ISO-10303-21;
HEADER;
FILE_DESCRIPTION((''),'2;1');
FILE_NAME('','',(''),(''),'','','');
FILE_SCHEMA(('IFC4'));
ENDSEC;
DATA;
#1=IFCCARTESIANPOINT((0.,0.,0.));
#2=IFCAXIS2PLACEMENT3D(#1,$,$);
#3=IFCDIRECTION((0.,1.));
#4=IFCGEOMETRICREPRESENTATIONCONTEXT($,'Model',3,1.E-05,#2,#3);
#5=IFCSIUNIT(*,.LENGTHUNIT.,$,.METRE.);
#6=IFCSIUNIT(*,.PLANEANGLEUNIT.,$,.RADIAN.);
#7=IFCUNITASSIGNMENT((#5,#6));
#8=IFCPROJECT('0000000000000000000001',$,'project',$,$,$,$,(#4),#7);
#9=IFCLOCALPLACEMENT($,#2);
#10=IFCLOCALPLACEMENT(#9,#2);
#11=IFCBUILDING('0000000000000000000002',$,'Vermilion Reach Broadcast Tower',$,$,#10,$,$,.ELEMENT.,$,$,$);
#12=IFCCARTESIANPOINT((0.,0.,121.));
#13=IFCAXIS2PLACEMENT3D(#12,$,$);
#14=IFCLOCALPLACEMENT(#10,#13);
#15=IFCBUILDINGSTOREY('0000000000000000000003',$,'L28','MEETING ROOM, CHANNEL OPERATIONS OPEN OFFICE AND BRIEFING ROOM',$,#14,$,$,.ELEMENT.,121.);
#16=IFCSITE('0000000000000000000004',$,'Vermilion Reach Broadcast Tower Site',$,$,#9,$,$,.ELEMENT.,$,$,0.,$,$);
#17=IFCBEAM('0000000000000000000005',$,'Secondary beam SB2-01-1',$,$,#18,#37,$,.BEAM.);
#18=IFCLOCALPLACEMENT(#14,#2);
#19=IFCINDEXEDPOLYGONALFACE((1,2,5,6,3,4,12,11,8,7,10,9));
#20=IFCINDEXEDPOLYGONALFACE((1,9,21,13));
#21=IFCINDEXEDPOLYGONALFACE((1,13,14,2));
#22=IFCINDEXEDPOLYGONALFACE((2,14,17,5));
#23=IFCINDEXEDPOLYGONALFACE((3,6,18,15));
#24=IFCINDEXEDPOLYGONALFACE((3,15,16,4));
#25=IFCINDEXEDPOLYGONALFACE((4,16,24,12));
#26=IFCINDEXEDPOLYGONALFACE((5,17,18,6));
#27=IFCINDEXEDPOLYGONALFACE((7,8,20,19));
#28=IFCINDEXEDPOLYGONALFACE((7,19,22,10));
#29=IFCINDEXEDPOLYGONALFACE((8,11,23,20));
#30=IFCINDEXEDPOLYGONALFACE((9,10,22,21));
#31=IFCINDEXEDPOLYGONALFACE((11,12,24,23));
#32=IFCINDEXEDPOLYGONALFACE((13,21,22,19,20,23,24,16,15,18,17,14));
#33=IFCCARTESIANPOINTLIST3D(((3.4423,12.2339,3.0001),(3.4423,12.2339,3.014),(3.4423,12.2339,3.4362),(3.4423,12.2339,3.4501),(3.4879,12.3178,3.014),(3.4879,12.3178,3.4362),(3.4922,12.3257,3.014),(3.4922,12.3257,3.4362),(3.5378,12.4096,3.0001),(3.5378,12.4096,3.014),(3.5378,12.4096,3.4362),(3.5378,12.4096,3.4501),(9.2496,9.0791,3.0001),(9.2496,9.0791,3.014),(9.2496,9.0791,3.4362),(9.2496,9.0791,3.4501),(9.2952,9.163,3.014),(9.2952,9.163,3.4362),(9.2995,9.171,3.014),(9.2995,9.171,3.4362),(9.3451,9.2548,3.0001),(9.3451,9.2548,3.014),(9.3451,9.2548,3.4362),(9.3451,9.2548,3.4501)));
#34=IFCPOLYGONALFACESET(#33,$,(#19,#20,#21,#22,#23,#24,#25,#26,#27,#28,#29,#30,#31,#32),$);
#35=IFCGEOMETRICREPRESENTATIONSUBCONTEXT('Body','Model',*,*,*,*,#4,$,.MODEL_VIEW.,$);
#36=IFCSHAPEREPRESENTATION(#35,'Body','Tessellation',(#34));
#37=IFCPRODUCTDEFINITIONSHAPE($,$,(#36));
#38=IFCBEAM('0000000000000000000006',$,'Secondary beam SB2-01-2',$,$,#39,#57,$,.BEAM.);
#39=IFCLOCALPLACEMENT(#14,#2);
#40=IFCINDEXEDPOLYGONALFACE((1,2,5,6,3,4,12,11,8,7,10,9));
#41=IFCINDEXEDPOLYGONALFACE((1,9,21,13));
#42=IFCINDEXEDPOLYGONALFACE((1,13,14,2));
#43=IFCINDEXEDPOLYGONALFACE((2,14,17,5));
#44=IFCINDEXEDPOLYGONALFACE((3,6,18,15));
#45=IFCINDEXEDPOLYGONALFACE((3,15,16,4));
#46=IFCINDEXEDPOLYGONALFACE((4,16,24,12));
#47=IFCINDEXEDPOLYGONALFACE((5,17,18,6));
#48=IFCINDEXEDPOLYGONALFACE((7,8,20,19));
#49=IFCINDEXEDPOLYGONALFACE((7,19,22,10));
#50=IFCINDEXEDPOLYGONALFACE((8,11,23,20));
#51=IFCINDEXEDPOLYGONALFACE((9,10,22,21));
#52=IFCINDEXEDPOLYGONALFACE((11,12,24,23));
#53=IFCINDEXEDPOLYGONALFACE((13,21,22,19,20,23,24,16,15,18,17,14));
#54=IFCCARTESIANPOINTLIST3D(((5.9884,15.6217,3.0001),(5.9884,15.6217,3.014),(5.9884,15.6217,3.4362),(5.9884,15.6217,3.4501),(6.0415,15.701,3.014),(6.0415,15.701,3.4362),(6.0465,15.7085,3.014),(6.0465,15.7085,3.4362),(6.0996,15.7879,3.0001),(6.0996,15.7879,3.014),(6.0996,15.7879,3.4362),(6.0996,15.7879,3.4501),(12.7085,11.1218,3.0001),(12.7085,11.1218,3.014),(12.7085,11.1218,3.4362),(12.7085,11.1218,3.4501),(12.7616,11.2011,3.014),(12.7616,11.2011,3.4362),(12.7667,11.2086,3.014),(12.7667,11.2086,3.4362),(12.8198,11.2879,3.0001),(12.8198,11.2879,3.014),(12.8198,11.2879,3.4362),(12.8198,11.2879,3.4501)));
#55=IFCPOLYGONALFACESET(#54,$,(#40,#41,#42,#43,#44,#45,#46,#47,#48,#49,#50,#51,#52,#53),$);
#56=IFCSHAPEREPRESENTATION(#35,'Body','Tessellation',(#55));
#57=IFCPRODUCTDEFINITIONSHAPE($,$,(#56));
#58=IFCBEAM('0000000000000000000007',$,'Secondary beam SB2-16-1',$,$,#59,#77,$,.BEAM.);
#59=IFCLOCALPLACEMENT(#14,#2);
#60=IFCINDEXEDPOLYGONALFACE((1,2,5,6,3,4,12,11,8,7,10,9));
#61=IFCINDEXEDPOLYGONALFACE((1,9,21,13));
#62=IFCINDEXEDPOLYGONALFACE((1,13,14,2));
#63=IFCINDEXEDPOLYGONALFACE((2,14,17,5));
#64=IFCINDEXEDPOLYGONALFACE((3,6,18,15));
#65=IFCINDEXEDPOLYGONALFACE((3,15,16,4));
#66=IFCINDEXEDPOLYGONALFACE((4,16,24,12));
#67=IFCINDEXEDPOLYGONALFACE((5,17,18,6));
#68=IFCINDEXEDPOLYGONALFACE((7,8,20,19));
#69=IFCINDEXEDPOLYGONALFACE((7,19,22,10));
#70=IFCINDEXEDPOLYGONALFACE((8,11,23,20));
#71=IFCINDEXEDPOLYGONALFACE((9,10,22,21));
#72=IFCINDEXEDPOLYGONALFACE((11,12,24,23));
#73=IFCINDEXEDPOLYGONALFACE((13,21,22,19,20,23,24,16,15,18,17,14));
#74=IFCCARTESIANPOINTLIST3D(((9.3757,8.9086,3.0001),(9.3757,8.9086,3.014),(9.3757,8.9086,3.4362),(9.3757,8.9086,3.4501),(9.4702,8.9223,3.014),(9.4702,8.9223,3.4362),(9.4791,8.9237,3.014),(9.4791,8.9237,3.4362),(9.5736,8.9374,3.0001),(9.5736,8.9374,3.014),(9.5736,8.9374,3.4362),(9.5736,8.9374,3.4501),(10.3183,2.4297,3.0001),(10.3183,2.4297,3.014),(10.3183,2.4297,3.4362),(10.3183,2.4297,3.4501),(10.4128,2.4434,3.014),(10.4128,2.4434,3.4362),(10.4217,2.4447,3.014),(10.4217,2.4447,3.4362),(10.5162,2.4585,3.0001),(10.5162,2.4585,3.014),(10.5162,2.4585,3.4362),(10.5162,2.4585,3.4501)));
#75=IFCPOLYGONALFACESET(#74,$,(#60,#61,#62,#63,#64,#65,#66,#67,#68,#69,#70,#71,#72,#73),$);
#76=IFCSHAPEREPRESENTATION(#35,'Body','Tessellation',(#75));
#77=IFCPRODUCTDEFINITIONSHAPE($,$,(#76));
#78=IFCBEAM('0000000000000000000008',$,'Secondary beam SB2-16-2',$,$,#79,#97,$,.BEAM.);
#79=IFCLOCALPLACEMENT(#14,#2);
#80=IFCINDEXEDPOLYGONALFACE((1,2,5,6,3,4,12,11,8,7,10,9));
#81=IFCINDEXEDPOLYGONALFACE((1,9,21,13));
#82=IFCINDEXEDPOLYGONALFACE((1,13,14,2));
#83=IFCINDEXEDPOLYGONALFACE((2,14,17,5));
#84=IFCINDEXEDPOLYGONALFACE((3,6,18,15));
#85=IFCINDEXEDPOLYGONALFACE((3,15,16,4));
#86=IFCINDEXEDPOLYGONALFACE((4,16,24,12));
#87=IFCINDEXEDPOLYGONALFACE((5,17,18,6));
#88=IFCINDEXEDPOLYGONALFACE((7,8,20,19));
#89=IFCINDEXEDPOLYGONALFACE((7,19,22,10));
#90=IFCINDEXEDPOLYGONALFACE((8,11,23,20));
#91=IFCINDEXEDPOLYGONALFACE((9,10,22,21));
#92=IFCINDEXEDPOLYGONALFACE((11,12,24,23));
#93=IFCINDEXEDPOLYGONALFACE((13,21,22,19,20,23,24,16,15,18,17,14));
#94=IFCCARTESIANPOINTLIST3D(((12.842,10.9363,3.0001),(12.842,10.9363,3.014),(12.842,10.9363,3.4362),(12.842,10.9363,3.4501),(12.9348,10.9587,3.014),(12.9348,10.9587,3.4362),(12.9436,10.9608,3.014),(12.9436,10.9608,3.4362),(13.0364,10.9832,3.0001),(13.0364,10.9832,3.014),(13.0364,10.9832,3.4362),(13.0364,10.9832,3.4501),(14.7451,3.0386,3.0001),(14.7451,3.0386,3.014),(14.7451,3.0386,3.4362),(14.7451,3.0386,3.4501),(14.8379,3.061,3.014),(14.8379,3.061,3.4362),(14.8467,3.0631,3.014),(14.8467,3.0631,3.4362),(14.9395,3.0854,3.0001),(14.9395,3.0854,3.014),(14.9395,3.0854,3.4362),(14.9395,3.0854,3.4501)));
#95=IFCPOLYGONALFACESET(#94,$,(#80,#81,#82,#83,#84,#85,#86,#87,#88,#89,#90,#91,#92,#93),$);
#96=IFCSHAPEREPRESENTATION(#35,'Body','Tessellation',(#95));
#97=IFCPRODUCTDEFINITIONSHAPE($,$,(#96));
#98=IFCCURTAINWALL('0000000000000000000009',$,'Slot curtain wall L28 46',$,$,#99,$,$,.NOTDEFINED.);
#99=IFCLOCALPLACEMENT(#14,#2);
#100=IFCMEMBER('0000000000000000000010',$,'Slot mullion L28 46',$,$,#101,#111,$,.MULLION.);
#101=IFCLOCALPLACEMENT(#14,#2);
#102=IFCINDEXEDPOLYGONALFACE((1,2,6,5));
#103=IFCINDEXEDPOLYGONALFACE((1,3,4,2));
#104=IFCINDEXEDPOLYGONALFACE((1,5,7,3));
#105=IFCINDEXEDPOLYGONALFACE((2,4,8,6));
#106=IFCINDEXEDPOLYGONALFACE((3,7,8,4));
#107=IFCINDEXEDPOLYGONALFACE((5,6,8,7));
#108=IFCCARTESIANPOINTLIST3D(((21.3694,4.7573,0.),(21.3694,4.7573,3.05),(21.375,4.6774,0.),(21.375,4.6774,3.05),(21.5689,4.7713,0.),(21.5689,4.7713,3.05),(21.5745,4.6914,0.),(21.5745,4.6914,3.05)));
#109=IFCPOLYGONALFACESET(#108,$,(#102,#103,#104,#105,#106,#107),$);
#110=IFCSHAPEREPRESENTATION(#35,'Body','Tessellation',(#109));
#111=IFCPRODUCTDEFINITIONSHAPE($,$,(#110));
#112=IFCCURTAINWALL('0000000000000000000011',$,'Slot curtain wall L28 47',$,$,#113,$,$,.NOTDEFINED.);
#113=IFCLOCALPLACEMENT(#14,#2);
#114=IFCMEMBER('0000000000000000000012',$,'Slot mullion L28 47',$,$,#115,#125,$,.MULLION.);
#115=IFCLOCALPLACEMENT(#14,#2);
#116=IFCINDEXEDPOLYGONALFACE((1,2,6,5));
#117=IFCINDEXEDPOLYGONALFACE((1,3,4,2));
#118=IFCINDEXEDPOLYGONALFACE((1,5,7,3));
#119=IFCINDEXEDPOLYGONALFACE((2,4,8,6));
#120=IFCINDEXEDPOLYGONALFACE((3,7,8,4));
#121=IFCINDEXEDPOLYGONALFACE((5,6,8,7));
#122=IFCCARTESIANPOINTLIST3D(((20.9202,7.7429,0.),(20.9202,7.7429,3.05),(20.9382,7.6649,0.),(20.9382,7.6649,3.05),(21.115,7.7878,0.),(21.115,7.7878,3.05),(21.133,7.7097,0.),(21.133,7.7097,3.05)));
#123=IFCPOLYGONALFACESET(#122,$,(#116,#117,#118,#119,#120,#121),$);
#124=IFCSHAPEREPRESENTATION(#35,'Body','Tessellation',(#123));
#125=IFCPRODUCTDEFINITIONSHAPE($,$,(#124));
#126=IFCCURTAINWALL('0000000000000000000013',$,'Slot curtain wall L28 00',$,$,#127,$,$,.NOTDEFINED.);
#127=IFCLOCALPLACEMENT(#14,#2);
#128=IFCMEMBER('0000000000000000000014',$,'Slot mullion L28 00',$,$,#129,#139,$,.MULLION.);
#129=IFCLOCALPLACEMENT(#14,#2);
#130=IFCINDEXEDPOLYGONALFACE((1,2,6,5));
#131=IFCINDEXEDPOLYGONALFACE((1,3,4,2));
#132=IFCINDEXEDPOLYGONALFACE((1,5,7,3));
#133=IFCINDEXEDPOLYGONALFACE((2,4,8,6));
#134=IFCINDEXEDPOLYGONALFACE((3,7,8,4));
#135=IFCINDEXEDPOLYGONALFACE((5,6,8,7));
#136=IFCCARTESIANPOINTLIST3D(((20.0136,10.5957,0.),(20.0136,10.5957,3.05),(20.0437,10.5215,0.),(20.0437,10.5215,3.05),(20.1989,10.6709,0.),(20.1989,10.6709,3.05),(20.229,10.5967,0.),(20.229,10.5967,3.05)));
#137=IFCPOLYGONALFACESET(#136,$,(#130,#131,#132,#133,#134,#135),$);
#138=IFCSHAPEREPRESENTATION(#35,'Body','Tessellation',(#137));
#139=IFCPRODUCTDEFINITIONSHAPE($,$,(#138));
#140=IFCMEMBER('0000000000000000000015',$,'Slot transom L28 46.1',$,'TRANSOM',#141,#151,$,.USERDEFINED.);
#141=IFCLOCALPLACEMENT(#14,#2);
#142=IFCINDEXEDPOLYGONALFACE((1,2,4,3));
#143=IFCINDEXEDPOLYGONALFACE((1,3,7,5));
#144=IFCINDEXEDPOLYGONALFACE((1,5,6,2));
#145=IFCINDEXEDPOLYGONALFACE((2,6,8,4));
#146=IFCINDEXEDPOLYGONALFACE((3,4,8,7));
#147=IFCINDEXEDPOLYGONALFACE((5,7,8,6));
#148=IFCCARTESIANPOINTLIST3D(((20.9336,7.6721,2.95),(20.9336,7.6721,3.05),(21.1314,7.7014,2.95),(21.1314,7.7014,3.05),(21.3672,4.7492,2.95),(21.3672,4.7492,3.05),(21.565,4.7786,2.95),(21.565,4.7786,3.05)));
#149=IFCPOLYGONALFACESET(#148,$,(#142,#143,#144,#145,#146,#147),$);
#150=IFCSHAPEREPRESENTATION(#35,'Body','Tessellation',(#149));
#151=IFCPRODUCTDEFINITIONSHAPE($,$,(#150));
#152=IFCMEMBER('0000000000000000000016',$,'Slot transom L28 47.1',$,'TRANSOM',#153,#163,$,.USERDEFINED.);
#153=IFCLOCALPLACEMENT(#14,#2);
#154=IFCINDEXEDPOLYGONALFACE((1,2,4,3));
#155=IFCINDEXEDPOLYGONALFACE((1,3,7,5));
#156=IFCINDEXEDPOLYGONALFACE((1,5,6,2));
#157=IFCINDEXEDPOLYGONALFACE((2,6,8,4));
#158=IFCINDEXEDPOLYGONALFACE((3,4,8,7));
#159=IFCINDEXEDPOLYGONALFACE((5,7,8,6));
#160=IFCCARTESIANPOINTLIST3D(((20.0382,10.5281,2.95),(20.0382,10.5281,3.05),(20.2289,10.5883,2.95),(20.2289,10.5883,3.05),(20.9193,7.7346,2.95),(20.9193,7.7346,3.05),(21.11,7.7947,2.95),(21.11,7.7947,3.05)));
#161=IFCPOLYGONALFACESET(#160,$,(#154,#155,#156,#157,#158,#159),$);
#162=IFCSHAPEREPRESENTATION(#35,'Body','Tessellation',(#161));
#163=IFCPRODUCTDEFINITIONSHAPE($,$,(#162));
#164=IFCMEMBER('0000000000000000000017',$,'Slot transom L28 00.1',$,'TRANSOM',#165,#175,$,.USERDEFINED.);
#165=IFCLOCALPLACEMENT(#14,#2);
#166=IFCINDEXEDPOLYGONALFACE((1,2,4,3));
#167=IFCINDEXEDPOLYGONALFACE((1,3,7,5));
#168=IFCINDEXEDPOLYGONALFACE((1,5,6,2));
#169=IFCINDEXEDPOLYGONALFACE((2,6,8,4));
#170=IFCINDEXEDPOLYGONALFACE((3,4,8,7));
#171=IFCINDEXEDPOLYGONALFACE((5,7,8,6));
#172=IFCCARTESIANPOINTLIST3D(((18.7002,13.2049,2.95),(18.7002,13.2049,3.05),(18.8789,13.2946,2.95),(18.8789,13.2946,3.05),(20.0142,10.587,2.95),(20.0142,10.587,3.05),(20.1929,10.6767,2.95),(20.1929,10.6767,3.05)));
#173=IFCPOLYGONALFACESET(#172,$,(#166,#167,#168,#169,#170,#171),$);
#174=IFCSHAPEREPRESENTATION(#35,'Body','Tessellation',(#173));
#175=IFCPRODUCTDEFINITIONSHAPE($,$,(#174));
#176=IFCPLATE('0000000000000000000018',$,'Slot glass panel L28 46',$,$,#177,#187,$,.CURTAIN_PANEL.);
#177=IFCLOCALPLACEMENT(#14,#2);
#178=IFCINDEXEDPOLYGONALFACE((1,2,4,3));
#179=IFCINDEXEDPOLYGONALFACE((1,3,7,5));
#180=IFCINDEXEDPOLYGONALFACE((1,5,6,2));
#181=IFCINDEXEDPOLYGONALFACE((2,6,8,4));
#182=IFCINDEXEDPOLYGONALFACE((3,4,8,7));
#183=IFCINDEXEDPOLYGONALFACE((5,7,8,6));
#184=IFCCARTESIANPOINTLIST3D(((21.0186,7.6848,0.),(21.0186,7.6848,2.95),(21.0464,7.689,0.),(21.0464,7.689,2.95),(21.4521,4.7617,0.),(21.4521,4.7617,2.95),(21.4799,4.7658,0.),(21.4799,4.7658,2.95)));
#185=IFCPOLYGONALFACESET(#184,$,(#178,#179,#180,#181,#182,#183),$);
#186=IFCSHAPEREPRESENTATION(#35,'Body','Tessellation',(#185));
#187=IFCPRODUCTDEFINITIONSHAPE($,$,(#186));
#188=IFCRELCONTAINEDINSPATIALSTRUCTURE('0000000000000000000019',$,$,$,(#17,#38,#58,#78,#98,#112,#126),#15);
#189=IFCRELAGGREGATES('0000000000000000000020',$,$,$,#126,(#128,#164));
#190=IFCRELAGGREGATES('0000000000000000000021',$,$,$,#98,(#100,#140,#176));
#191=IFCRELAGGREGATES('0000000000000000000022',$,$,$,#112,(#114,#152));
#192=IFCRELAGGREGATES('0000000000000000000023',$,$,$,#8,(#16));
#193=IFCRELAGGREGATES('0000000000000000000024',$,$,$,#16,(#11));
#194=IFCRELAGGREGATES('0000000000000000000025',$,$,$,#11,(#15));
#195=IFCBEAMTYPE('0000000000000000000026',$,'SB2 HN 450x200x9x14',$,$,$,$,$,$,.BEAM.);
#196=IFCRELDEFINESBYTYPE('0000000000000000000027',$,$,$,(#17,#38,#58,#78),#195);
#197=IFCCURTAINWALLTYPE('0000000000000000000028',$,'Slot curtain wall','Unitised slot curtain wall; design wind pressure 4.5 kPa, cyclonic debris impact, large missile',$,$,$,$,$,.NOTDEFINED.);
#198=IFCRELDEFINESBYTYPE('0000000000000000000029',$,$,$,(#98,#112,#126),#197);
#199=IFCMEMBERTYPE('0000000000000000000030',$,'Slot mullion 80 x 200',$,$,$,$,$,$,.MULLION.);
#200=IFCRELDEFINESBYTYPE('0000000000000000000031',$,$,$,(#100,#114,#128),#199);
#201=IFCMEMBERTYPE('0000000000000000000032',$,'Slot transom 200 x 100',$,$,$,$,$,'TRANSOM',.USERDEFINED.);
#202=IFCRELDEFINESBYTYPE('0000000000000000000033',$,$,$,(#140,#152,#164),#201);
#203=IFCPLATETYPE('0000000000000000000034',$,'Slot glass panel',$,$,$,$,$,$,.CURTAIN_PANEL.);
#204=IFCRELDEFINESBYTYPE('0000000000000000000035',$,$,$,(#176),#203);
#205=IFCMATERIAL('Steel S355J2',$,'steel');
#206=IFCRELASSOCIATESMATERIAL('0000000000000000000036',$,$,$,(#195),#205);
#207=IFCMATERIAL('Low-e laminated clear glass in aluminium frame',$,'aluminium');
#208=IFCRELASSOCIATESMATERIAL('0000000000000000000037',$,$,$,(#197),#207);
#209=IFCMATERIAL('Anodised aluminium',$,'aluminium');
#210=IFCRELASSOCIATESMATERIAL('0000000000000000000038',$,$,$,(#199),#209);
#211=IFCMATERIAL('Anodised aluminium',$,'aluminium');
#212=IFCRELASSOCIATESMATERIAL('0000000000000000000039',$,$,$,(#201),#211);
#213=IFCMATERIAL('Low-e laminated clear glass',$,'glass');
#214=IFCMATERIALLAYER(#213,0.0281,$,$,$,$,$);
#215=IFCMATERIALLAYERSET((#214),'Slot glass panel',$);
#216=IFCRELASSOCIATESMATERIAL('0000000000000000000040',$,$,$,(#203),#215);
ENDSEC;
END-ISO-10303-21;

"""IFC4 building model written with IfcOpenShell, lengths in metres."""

from ifc_helpers import new_model, si_unit, direction, frame, origin, origin_2d, place, context, subcontext, project, spatial, rectangle, i_section, extrude, material, layer, layer_set, material_profile, profile_set, type_object, element, aggregate, save


model = new_model("IFC4")

# Units and contexts
model_context = context("Model", 3, precision=1e-05, world=origin(), true_north=direction((0.0, 1.0)))
body_context = subcontext(model_context, "Body", "Model", "MODEL_VIEW")
ifc_project = project(units=[si_unit("LENGTHUNIT", "METRE"), si_unit("PLANEANGLEUNIT", "RADIAN")], contexts=[model_context])

# Site, building, storey
site_placement = place(None, origin())
site = spatial("IfcSite", under=ifc_project, at=site_placement, Name="Vermilion Reach Broadcast Tower Site", CompositionType="ELEMENT", RefElevation=0.0)
building_placement = place(site_placement, origin())
building = spatial("IfcBuilding", under=site, at=building_placement, Name="Vermilion Reach Broadcast Tower", CompositionType="ELEMENT")
storey_placement = place(building_placement, frame((0.0, 0.0, 121.0)))
storey = spatial("IfcBuildingStorey", under=building, at=storey_placement, Name="L28", Description="MEETING ROOM, CHANNEL OPERATIONS OPEN OFFICE AND BRIEFING ROOM", CompositionType="ELEMENT", Elevation=121.0)

# Beams
ifc_material_1 = material(Name="Steel S355J2", Category="steel")
ifc_material_profile_1 = material_profile(ifc_material_1, i_section(OverallWidth=0.2, OverallDepth=0.45, WebThickness=0.009, FlangeThickness=0.0139, at=origin_2d()), Name="S355J2 HN 450x200x9x14")
ifc_profile_set_1 = profile_set([ifc_material_profile_1], Name="Steel S355J2")
beam_type_1 = type_object("IfcBeamType", Name="SB2 HN 450x200x9x14", PredefinedType="BEAM", material=ifc_profile_set_1)
beam_1_placement = place(storey_placement, frame((9.2974, 9.167, 3.2251), z_axis=(-0.878713, 0.47735, 0.0), x_axis=(-0.47735, -0.878713, 0.0)))
element("IfcBeam", 1, at=beam_1_placement, inside=storey, type_object=beam_type_1, Name="Secondary beam SB2-01-1", PredefinedType="BEAM", context=body_context, shape_type="SweptSolid", body=[
    extrude(i_section(OverallWidth=0.2, OverallDepth=0.45, WebThickness=0.009, FlangeThickness=0.0139, at=origin_2d()), origin(), (0.0, 0.0, 1.0), 6.6089),
])
beam_2_placement = place(storey_placement, frame((12.7642, 11.2048, 3.2251), z_axis=(-0.830915, 0.556399, 0.0), x_axis=(-0.556399, -0.830915, 0.0)))
element("IfcBeam", 2, at=beam_2_placement, inside=storey, type_object=beam_type_1, Name="Secondary beam SB2-01-2", PredefinedType="BEAM", context=body_context, shape_type="SweptSolid", body=[
    extrude(i_section(OverallWidth=0.2, OverallDepth=0.45, WebThickness=0.009, FlangeThickness=0.0139, at=origin_2d()), origin(), (0.0, 0.0, 1.0), 8.0876),
])
beam_3_placement = place(storey_placement, frame((10.4172, 2.4441, 3.2251), z_axis=(-0.143974, 0.989582, 0.0), x_axis=(-0.989582, -0.143974, 0.0)))
element("IfcBeam", 3, at=beam_3_placement, inside=storey, type_object=beam_type_1, Name="Secondary beam SB2-16-1", PredefinedType="BEAM", context=body_context, shape_type="SweptSolid", body=[
    extrude(i_section(OverallWidth=0.2, OverallDepth=0.45, WebThickness=0.009, FlangeThickness=0.0139, at=origin_2d()), origin(), (0.0, 0.0, 1.0), 6.5471),
])
beam_4_placement = place(storey_placement, frame((14.8423, 3.062, 3.2251), z_axis=(-0.234261, 0.972174, 0.0), x_axis=(-0.972174, -0.234261, 0.0)))
element("IfcBeam", 4, at=beam_4_placement, inside=storey, type_object=beam_type_1, Name="Secondary beam SB2-16-2", PredefinedType="BEAM", context=body_context, shape_type="SweptSolid", body=[
    extrude(i_section(OverallWidth=0.2, OverallDepth=0.45, WebThickness=0.009, FlangeThickness=0.0139, at=origin_2d()), origin(), (0.0, 0.0, 1.0), 8.1238),
])

# Curtain walls, members
ifc_material_2 = material(Name="Low-e laminated clear glass in aluminium frame", Category="aluminium")
curtain_wall_type = type_object("IfcCurtainWallType", Name="Slot curtain wall", Description="Unitised slot curtain wall; design wind pressure 4.5 kPa, cyclonic debris impact, large missile", PredefinedType="NOTDEFINED", material=ifc_material_2)
placement = place(storey_placement, origin())
curtain_wall_1 = element("IfcCurtainWall", 5, at=placement, inside=storey, type_object=curtain_wall_type, Name="Slot curtain wall L28 46", PredefinedType="NOTDEFINED")
ifc_material_3 = material(Name="Anodised aluminium", Category="aluminium")
ifc_material_profile_2 = material_profile(ifc_material_3, rectangle(XDim=0.2, YDim=0.0801, at=origin_2d()), Name="Slot mullion 80 x 200")
ifc_profile_set_2 = profile_set([ifc_material_profile_2], Name="Anodised aluminium")
member_type_1 = type_object("IfcMemberType", Name="Slot mullion 80 x 200", PredefinedType="MULLION", material=ifc_profile_set_2)
member_1_placement = place(storey_placement, frame((21.4719, 4.7244, 0.0), z_axis=(0.0, 0.0, 1.0), x_axis=(-0.997556, -0.069871, 0.0)))
member_1 = element("IfcMember", 6, at=member_1_placement, type_object=member_type_1, Name="Slot mullion L28 46", PredefinedType="MULLION", context=body_context, shape_type="SweptSolid", body=[
    extrude(rectangle(XDim=0.2, YDim=0.0801, at=origin_2d()), origin(), (0.0, 0.0, 1.0), 3.05),
])
curtain_wall_2 = element("IfcCurtainWall", 7, at=placement, inside=storey, type_object=curtain_wall_type, Name="Slot curtain wall L28 47", PredefinedType="NOTDEFINED")
member_2_placement = place(storey_placement, frame((21.0266, 7.7263, 0.0), z_axis=(0.0, 0.0, 1.0), x_axis=(-0.974483, -0.22446, 0.0)))
member_2 = element("IfcMember", 8, at=member_2_placement, type_object=member_type_1, Name="Slot mullion L28 47", PredefinedType="MULLION", context=body_context, shape_type="SweptSolid", body=[
    extrude(rectangle(XDim=0.2, YDim=0.0801, at=origin_2d()), origin(), (0.0, 0.0, 1.0), 3.05),
])
curtain_wall_3 = element("IfcCurtainWall", 9, at=placement, inside=storey, type_object=curtain_wall_type, Name="Slot curtain wall L28 00", PredefinedType="NOTDEFINED")
member_3_placement = place(storey_placement, frame((20.1213, 10.5962, 0.0), z_axis=(0.0, 0.0, 1.0), x_axis=(-0.92666, -0.375901, 0.0)))
member_3 = element("IfcMember", 10, at=member_3_placement, type_object=member_type_1, Name="Slot mullion L28 00", PredefinedType="MULLION", context=body_context, shape_type="SweptSolid", body=[
    extrude(rectangle(XDim=0.2, YDim=0.0801, at=origin_2d()), origin(), (0.0, 0.0, 1.0), 3.05),
])

# Members
ifc_material_4 = material(Name="Anodised aluminium", Category="aluminium")
ifc_material_profile_3 = material_profile(ifc_material_4, rectangle(XDim=0.2, YDim=0.1001, at=origin_2d()), Name="Slot transom 200 x 100")
ifc_profile_set_3 = profile_set([ifc_material_profile_3], Name="Anodised aluminium")
member_type_2 = type_object("IfcMemberType", Name="Slot transom 200 x 100", ElementType="TRANSOM", PredefinedType="USERDEFINED", material=ifc_profile_set_3)
member_4_placement = place(storey_placement, frame((21.4661, 4.7639, 3.0), z_axis=(-0.14674, 0.989175, 0.0), x_axis=(-0.989175, -0.14674, 0.0)))
member_4 = element("IfcMember", 11, at=member_4_placement, type_object=member_type_2, Name="Slot transom L28 46.1", ObjectType="TRANSOM", PredefinedType="USERDEFINED", context=body_context, shape_type="SweptSolid", body=[
    extrude(rectangle(XDim=0.2, YDim=0.1001, at=origin_2d()), origin(), (0.0, 0.0, 1.0), 2.9548),
])
member_5_placement = place(storey_placement, frame((21.0146, 7.7646, 3.0), z_axis=(-0.300808, 0.953685, 0.0), x_axis=(-0.953685, -0.300808, 0.0)))
member_5 = element("IfcMember", 12, at=member_5_placement, type_object=member_type_2, Name="Slot transom L28 47.1", ObjectType="TRANSOM", PredefinedType="USERDEFINED", context=body_context, shape_type="SweptSolid", body=[
    extrude(rectangle(XDim=0.2, YDim=0.1001, at=origin_2d()), origin(), (0.0, 0.0, 1.0), 2.9292),
])
member_6_placement = place(storey_placement, frame((20.1035, 10.6318, 3.0), z_axis=(-0.44858, 0.893743, 0.0), x_axis=(-0.893743, -0.44858, 0.0)))
member_6 = element("IfcMember", 13, at=member_6_placement, type_object=member_type_2, Name="Slot transom L28 00.1", ObjectType="TRANSOM", PredefinedType="USERDEFINED", context=body_context, shape_type="SweptSolid", body=[
    extrude(rectangle(XDim=0.2, YDim=0.1001, at=origin_2d()), origin(), (0.0, 0.0, 1.0), 2.9292),
])
aggregate(curtain_wall_3, [member_3, member_6])

# Plate
ifc_material_5 = material(Name="Low-e laminated clear glass", Category="glass")
ifc_layer_1 = layer(ifc_material_5, 0.0281)
ifc_layer_set_1 = layer_set([ifc_layer_1], Name="Slot glass panel")
plate_type = type_object("IfcPlateType", Name="Slot glass panel", PredefinedType="CURTAIN_PANEL", material=ifc_layer_set_1)
plate_1_placement = place(storey_placement, frame((21.2493, 6.2253, 0.0), z_axis=(0.0, 0.0, 1.0), x_axis=(-0.146695, 0.989182, 0.0)))
plate_1 = element("IfcPlate", 14, at=plate_1_placement, type_object=plate_type, Name="Slot glass panel L28 46", PredefinedType="CURTAIN_PANEL", context=body_context, shape_type="SweptSolid", body=[
    extrude(rectangle(XDim=2.9551, YDim=0.0281, at=origin_2d()), origin(), (0.0, 0.0, 1.0), 2.95),
])
aggregate(curtain_wall_1, [member_1, member_4, plate_1])
aggregate(curtain_wall_2, [member_2, member_5])

save(model, "model.ifc")
